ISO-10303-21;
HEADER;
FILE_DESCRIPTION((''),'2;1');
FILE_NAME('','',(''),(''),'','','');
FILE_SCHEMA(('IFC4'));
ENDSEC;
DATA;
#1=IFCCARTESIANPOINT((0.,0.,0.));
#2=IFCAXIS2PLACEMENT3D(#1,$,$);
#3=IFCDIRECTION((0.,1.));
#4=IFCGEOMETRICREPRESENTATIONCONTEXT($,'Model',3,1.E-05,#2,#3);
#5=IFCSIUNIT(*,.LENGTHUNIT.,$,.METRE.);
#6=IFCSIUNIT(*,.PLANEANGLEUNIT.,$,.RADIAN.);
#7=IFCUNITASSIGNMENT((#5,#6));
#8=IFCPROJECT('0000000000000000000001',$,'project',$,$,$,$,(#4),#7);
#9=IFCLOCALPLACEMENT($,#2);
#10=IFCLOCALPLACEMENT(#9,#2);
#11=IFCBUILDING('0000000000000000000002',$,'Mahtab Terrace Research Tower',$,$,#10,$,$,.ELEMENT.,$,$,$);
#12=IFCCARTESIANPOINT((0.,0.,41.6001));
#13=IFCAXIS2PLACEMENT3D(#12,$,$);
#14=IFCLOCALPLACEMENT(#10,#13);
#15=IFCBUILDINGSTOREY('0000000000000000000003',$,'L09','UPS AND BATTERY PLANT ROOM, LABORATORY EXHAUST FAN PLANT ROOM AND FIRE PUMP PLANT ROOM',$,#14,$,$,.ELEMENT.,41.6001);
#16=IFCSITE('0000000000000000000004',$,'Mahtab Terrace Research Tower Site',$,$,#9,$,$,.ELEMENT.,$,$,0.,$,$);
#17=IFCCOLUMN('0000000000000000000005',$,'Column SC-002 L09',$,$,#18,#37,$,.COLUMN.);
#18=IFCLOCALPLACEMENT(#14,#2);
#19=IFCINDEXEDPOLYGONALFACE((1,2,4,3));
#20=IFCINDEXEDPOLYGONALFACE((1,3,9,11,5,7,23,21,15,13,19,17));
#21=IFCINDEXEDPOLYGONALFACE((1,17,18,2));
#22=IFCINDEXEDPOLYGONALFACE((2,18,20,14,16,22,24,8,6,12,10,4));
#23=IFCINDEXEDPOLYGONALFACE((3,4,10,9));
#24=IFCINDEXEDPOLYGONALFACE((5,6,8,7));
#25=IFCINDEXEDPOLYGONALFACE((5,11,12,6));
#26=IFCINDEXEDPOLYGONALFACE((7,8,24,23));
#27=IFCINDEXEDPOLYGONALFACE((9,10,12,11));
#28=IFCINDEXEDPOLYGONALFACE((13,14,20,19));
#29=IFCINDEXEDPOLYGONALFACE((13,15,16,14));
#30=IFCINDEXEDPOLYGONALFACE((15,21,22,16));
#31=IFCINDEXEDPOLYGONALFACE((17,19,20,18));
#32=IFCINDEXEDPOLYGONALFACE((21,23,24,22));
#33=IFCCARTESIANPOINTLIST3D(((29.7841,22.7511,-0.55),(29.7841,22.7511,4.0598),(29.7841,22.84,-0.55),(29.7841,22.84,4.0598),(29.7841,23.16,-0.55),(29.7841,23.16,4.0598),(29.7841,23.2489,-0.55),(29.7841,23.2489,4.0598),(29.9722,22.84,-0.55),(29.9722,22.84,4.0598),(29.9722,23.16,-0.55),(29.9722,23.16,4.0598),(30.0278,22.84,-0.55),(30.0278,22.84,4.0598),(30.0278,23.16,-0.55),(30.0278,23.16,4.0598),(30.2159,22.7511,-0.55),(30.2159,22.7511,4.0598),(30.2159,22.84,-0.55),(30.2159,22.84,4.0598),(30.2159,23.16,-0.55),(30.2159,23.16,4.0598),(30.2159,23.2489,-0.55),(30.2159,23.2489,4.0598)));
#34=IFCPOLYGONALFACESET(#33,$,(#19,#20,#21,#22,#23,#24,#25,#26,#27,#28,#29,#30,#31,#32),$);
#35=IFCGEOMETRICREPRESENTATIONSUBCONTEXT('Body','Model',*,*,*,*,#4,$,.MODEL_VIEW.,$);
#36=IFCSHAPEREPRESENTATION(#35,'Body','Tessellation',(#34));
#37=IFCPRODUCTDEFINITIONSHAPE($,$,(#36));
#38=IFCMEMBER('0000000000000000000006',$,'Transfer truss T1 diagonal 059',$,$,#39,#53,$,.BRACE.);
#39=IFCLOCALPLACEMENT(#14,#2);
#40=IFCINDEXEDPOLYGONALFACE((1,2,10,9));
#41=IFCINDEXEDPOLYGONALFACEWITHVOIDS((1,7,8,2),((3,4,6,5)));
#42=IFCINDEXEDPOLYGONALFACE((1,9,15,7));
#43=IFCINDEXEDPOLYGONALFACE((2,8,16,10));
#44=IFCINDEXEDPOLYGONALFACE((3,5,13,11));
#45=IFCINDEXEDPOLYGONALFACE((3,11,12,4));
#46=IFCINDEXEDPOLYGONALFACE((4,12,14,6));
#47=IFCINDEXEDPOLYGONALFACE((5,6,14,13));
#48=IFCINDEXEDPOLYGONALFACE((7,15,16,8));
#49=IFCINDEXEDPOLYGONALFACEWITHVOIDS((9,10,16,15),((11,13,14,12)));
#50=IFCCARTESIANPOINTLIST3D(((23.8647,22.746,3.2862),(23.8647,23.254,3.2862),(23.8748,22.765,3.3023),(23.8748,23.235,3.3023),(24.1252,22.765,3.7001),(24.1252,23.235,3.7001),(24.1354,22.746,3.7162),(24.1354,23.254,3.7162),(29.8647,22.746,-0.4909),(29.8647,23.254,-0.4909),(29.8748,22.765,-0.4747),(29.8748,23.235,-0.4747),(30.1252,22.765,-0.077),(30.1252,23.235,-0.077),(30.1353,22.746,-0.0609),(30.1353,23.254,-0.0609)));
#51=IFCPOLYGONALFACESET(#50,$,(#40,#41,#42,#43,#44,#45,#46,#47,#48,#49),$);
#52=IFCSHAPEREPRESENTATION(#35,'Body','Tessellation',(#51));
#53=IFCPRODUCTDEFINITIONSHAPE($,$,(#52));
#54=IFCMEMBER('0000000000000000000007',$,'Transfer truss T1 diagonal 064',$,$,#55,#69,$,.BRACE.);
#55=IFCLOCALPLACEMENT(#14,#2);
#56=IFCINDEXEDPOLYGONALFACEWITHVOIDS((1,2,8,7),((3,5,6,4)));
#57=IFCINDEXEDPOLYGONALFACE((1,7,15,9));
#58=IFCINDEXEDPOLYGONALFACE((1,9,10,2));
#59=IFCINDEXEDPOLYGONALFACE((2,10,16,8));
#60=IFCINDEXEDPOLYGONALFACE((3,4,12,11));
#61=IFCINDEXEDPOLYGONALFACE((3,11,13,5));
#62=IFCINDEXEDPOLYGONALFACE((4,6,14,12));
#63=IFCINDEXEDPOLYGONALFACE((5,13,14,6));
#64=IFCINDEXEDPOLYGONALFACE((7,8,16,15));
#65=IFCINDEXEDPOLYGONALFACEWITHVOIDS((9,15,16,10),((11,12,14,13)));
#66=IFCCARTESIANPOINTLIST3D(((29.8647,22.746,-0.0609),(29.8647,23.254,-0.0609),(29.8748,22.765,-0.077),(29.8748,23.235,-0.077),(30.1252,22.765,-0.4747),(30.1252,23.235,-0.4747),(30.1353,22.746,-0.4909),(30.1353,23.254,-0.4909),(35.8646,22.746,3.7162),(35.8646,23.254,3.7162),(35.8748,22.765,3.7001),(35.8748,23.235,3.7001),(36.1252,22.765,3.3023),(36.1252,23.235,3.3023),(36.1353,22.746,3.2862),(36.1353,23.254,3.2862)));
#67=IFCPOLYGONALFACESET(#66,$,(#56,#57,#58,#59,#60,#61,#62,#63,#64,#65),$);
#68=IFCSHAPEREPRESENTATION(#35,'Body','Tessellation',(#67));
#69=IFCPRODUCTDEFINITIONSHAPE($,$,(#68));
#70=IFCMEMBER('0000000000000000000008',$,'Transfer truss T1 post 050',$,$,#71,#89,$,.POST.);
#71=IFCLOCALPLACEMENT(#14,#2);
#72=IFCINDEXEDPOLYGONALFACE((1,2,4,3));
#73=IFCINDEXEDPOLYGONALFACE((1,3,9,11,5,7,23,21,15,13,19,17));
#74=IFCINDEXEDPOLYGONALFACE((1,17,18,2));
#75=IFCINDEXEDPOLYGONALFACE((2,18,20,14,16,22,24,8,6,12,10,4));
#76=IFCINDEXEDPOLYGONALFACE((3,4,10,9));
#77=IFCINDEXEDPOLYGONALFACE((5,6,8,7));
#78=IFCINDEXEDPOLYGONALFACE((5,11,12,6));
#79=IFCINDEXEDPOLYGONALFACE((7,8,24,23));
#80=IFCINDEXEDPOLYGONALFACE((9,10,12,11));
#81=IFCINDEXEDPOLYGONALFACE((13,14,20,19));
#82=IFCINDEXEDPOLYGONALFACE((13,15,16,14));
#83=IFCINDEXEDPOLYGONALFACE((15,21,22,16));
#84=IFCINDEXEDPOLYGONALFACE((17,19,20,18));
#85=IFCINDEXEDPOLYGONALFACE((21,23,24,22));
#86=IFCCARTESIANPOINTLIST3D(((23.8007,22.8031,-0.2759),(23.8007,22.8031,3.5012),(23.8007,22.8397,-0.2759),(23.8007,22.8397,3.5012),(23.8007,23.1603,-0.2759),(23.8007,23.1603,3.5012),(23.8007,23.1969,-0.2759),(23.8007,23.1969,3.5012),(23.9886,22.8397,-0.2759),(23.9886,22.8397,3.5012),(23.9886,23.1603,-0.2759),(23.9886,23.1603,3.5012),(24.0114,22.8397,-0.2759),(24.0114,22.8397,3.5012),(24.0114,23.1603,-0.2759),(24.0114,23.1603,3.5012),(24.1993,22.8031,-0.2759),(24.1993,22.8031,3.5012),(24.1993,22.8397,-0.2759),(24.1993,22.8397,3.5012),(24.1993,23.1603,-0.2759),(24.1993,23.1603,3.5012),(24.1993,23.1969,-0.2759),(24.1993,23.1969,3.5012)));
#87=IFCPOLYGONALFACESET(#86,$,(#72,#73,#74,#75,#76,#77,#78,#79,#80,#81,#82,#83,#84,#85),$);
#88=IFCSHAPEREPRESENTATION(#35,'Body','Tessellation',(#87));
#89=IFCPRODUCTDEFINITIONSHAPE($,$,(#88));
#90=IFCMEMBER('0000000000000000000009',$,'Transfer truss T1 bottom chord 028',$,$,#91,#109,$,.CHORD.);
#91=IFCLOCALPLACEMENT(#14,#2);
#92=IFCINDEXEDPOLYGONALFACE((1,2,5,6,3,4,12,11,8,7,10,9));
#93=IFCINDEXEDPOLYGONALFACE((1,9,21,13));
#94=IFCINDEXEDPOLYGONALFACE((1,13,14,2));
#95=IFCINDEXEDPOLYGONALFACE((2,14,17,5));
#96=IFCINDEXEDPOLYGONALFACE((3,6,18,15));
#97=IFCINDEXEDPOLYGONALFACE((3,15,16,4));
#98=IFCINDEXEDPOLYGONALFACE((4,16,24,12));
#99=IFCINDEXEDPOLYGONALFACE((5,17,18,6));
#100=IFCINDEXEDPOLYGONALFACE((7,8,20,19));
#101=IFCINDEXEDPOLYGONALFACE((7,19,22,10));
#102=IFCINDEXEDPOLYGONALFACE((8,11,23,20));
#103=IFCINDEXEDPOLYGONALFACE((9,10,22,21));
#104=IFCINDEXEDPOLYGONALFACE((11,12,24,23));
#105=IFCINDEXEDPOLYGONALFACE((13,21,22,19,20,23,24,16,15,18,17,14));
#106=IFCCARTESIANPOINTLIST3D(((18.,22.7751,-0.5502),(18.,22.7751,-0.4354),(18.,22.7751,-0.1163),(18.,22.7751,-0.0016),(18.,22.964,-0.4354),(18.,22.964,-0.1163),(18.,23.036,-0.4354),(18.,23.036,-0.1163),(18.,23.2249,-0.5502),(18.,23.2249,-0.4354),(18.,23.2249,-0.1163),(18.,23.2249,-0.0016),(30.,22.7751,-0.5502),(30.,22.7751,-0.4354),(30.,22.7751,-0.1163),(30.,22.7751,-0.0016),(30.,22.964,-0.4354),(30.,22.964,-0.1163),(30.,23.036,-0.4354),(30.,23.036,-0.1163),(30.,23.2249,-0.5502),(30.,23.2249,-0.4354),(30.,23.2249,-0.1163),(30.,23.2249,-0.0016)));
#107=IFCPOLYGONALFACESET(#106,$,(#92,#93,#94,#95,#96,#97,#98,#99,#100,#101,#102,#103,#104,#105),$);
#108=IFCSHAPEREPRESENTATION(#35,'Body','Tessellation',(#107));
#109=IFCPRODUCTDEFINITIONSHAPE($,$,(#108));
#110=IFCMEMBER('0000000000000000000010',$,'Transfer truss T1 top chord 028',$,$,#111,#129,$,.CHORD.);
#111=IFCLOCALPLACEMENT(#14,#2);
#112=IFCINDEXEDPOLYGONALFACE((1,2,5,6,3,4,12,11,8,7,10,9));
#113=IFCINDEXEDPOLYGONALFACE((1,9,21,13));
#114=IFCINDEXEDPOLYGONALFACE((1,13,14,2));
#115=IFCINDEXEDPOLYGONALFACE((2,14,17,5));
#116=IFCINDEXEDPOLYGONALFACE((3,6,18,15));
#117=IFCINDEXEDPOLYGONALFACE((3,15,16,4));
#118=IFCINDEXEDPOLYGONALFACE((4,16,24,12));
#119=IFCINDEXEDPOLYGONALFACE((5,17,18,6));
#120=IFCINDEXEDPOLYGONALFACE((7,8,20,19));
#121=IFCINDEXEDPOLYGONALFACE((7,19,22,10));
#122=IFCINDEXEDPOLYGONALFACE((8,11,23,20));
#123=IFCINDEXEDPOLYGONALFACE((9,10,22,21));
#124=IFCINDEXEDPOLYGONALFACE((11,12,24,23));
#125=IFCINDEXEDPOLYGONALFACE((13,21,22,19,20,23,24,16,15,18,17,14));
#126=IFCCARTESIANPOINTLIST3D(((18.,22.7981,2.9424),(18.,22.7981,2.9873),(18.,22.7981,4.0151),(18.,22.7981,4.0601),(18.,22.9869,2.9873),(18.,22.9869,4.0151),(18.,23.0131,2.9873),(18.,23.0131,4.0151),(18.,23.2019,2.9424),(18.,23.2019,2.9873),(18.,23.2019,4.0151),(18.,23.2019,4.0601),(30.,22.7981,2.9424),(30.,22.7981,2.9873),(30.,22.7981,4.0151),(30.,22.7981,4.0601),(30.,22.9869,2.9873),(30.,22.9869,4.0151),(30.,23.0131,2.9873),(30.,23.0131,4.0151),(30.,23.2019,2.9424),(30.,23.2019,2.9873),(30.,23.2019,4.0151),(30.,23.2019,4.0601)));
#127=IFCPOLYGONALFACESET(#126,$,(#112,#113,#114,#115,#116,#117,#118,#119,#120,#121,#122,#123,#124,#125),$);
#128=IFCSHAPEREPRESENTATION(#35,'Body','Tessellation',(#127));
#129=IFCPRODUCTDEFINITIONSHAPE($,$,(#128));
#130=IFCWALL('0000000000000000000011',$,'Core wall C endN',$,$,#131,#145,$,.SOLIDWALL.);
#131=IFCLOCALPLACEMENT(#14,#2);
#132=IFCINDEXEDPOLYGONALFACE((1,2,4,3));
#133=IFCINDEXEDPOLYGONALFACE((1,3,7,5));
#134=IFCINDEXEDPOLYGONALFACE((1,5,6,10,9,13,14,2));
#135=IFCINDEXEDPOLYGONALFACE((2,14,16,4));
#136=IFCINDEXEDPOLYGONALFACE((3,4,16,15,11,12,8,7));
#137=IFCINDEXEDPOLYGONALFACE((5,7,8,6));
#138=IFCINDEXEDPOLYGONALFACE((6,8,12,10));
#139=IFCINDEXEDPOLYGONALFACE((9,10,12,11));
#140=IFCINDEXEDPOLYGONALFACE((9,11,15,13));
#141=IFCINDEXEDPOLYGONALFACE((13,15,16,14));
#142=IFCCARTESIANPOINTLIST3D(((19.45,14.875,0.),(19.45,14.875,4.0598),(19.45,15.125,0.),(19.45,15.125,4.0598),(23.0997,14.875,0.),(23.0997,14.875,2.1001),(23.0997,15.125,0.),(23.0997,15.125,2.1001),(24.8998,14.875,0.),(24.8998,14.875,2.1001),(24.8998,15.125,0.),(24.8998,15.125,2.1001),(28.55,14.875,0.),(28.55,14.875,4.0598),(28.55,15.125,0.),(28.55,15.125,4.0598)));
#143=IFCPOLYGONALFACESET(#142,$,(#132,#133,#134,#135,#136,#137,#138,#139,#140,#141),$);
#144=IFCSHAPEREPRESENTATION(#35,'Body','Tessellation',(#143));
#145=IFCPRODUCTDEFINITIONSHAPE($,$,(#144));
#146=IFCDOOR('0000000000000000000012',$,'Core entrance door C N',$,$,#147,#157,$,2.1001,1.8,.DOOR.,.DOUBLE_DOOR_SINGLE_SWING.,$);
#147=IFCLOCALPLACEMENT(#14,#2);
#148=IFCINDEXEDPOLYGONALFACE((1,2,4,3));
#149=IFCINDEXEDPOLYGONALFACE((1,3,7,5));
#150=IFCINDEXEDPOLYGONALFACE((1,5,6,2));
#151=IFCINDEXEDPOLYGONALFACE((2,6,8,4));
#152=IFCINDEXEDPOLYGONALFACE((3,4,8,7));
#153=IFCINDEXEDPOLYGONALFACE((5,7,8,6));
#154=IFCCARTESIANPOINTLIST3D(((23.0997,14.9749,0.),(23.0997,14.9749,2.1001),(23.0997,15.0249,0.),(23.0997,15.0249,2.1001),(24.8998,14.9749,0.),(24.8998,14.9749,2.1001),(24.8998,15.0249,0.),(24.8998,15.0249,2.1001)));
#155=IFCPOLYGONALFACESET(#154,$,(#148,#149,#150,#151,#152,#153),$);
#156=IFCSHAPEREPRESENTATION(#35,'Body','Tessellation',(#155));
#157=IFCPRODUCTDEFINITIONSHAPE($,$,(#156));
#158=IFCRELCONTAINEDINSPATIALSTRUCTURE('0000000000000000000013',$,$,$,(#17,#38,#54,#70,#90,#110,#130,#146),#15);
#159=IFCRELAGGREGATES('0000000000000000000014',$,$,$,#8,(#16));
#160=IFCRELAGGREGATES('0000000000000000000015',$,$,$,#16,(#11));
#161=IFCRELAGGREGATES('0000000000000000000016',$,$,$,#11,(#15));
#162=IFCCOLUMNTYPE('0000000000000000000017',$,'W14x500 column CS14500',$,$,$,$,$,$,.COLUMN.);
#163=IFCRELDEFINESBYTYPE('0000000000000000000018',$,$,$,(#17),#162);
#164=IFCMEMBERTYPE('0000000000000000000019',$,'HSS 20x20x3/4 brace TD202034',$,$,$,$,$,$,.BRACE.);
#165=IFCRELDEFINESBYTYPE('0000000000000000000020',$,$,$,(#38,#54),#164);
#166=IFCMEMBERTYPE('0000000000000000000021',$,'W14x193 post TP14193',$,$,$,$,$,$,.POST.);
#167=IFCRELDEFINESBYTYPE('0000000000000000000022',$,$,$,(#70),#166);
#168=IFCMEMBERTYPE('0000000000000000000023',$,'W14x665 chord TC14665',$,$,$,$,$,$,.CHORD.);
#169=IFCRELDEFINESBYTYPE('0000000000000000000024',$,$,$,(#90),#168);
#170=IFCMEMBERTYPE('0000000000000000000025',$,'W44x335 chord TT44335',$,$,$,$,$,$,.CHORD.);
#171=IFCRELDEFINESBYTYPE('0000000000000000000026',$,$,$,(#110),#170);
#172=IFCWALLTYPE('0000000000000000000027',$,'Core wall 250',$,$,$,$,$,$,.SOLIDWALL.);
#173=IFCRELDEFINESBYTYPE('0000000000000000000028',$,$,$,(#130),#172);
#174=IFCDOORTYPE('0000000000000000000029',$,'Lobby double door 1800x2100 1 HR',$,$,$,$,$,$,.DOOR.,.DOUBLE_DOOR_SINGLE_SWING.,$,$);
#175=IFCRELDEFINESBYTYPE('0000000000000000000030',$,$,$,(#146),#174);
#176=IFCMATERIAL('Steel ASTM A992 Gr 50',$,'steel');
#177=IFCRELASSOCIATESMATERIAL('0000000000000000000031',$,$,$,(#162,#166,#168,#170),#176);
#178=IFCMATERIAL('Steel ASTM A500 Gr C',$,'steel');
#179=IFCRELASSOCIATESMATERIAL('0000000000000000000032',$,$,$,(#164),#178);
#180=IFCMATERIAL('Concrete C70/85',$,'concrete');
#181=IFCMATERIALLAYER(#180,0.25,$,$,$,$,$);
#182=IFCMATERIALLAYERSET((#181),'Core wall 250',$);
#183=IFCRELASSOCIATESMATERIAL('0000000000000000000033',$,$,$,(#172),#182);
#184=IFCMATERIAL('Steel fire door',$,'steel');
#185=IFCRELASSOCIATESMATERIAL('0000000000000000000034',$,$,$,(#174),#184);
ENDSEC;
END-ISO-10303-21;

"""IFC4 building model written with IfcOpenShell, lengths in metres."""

from ifc_helpers import new_model, si_unit, direction, frame, frame_2d, origin, origin_2d, place, context, subcontext, project, spatial, rectangle, hollow_rectangle, i_section, extrude, material, layer, layer_set, material_profile, profile_set, type_object, element, fill, save


model = new_model("IFC4")

# Units and contexts
model_context = context("Model", 3, precision=1e-05, world=origin(), true_north=direction((0.0, 1.0)))
body_context = subcontext(model_context, "Body", "Model", "MODEL_VIEW")
ifc_project = project(units=[si_unit("LENGTHUNIT", "METRE"), si_unit("PLANEANGLEUNIT", "RADIAN")], contexts=[model_context])

# Site, building, storey
site_placement = place(None, origin())
site = spatial("IfcSite", under=ifc_project, at=site_placement, Name="Mahtab Terrace Research Tower Site", CompositionType="ELEMENT", RefElevation=0.0)
building_placement = place(site_placement, origin())
building = spatial("IfcBuilding", under=site, at=building_placement, Name="Mahtab Terrace Research Tower", CompositionType="ELEMENT")
storey_placement = place(building_placement, frame((0.0, 0.0, 41.6001)))
storey = spatial("IfcBuildingStorey", under=building, at=storey_placement, Name="L09", Description="UPS AND BATTERY PLANT ROOM, LABORATORY EXHAUST FAN PLANT ROOM AND FIRE PUMP PLANT ROOM", CompositionType="ELEMENT", Elevation=41.6001)

# Column
ifc_material_1 = material(Name="Steel ASTM A992 Gr 50", Category="steel")
ifc_material_profile_1 = material_profile(ifc_material_1, i_section(OverallWidth=0.4319, OverallDepth=0.4978, WebThickness=0.0557, FlangeThickness=0.0889, at=origin_2d()), Name="W14X500")
ifc_profile_set_1 = profile_set([ifc_material_profile_1], Name="Steel ASTM A992 Gr 50")
column_type = type_object("IfcColumnType", Name="W14x500 column CS14500", PredefinedType="COLUMN", material=ifc_profile_set_1)
column_placement = place(storey_placement, frame((30.0, 23.0, -0.55), z_axis=(0.0, 0.0, 1.0), x_axis=(1.0, 0.0, 0.0)))
element("IfcColumn", 1, at=column_placement, inside=storey, type_object=column_type, Name="Column SC-002 L09", PredefinedType="COLUMN", context=body_context, shape_type="SweptSolid", body=[
    extrude(i_section(OverallWidth=0.4319, OverallDepth=0.4978, WebThickness=0.0557, FlangeThickness=0.0889, at=origin_2d()), origin(), (0.0, 0.0, 1.0), 4.6099),
])

# Members
ifc_material_2 = material(Name="Steel ASTM A500 Gr C", Category="steel")
ifc_material_profile_2 = material_profile(ifc_material_2, hollow_rectangle(XDim=0.5081, YDim=0.5081, WallThickness=0.019, at=origin_2d()), Name="HSS20X20X3/4")
ifc_profile_set_2 = profile_set([ifc_material_profile_2], Name="Steel ASTM A500 Gr C")
member_type_1 = type_object("IfcMemberType", Name="HSS 20x20x3/4 brace TD202034", PredefinedType="BRACE", material=ifc_profile_set_2)
for number, where, z_axis, x_axis, name in (
    (2, (30.0, 23.0, -0.2759), (-0.846276, 0.0, 0.532745), (0.0, -1.0, 0.0), "Transfer truss T1 diagonal 059"),
    (3, (30.0, 23.0, -0.2759), (0.846276, 0.0, 0.532745), (0.0, 1.0, 0.0), "Transfer truss T1 diagonal 064"),
):
    element("IfcMember", number, at=place(storey_placement, frame(where, z_axis=z_axis, x_axis=x_axis)), inside=storey, type_object=member_type_1, Name=name, PredefinedType="BRACE", context=body_context, shape_type="SweptSolid", body=[
        extrude(hollow_rectangle(XDim=0.5081, YDim=0.5081, WallThickness=0.019, at=origin_2d()), origin(), (0.0, 0.0, 1.0), 7.0898),
    ])
ifc_material_profile_3 = material_profile(ifc_material_1, i_section(OverallWidth=0.3987, OverallDepth=0.3938, WebThickness=0.0227, FlangeThickness=0.0366, at=origin_2d()), Name="W14X193")
ifc_profile_set_3 = profile_set([ifc_material_profile_3], Name="Steel ASTM A992 Gr 50")
member_type_2 = type_object("IfcMemberType", Name="W14x193 post TP14193", PredefinedType="POST", material=ifc_profile_set_3)
member_1_placement = place(storey_placement, frame((24.0, 23.0, -0.2759), z_axis=(0.0, 0.0, 1.0), x_axis=(1.0, 0.0, 0.0)))
element("IfcMember", 4, at=member_1_placement, inside=storey, type_object=member_type_2, Name="Transfer truss T1 post 050", PredefinedType="POST", context=body_context, shape_type="SweptSolid", body=[
    extrude(i_section(OverallWidth=0.3987, OverallDepth=0.3938, WebThickness=0.0227, FlangeThickness=0.0366, at=origin_2d()), origin(), (0.0, 0.0, 1.0), 3.7771),
])
ifc_material_profile_4 = material_profile(ifc_material_1, i_section(OverallWidth=0.4497, OverallDepth=0.5486, WebThickness=0.072, FlangeThickness=0.1147, at=origin_2d()), Name="W14X665")
ifc_profile_set_4 = profile_set([ifc_material_profile_4], Name="Steel ASTM A992 Gr 50")
member_type_3 = type_object("IfcMemberType", Name="W14x665 chord TC14665", PredefinedType="CHORD", material=ifc_profile_set_4)
member_2_placement = place(storey_placement, frame((30.0, 23.0, -0.2759), z_axis=(-1.0, 0.0, 0.0), x_axis=(0.0, -1.0, 0.0)))
element("IfcMember", 5, at=member_2_placement, inside=storey, type_object=member_type_3, Name="Transfer truss T1 bottom chord 028", PredefinedType="CHORD", context=body_context, shape_type="SweptSolid", body=[
    extrude(i_section(OverallWidth=0.4497, OverallDepth=0.5486, WebThickness=0.072, FlangeThickness=0.1147, at=origin_2d()), origin(), (0.0, 0.0, 1.0), 12.0),
])
ifc_material_profile_5 = material_profile(ifc_material_1, i_section(OverallWidth=0.4038, OverallDepth=1.1177, WebThickness=0.0261, FlangeThickness=0.0449, at=origin_2d()), Name="W44X335")
ifc_profile_set_5 = profile_set([ifc_material_profile_5], Name="Steel ASTM A992 Gr 50")
member_type_4 = type_object("IfcMemberType", Name="W44x335 chord TT44335", PredefinedType="CHORD", material=ifc_profile_set_5)
member_3_placement = place(storey_placement, frame((30.0, 23.0, 3.5012), z_axis=(-1.0, 0.0, 0.0), x_axis=(0.0, -1.0, 0.0)))
element("IfcMember", 6, at=member_3_placement, inside=storey, type_object=member_type_4, Name="Transfer truss T1 top chord 028", PredefinedType="CHORD", context=body_context, shape_type="SweptSolid", body=[
    extrude(i_section(OverallWidth=0.4038, OverallDepth=1.1177, WebThickness=0.0261, FlangeThickness=0.0449, at=origin_2d()), origin(), (0.0, 0.0, 1.0), 12.0),
])

# Wall, opening, door
ifc_material_3 = material(Name="Concrete C70/85", Category="concrete")
ifc_layer_1 = layer(ifc_material_3, 0.25)
ifc_layer_set_1 = layer_set([ifc_layer_1], Name="Core wall 250")
wall_type_1 = type_object("IfcWallType", Name="Core wall 250", PredefinedType="SOLIDWALL", material=ifc_layer_set_1)
wall_1_placement = place(storey_placement, frame((19.45, 15.0, 0.0), z_axis=(0.0, 0.0, 1.0), x_axis=(1.0, 0.0, 0.0)))
wall_1 = element("IfcWall", 7, at=wall_1_placement, inside=storey, type_object=wall_type_1, Name="Core wall C endN", PredefinedType="SOLIDWALL", context=body_context, shape_type="SweptSolid", body=[
    extrude(rectangle(XDim=9.1001, YDim=0.25, at=frame_2d((4.55, 0.0))), origin(), (0.0, 0.0, 1.0), 4.0598),
])
opening_1_placement = place(wall_1_placement, frame((3.6499, 0.0, 0.0)))
opening_1 = element("IfcOpeningElement", 8, at=opening_1_placement, cuts=wall_1, PredefinedType="OPENING", context=body_context, shape_type="SweptSolid", body=[
    extrude(rectangle(XDim=1.8, YDim=2.1001, at=frame_2d((0.8999, 1.05))), frame((0.0, 0.135, 0.0), z_axis=(0.0, -1.0, 0.0), x_axis=(1.0, 0.0, 0.0)), (0.0, 0.0, 1.0), 0.27),
])
ifc_material_4 = material(Name="Steel fire door", Category="steel")
door_type_1 = type_object("IfcDoorType", Name="Lobby double door 1800x2100 1 HR", OperationType="DOUBLE_DOOR_SINGLE_SWING", PredefinedType="DOOR", material=ifc_material_4)
door_1_placement = place(opening_1_placement, origin())
door_1 = element("IfcDoor", 9, at=door_1_placement, inside=storey, type_object=door_type_1, Name="Core entrance door C N", OperationType="DOUBLE_DOOR_SINGLE_SWING", OverallHeight=2.1001, OverallWidth=1.8, PredefinedType="DOOR", context=body_context, shape_type="SweptSolid", body=[
    extrude(rectangle(XDim=1.8, YDim=2.1001, at=frame_2d((0.8999, 1.05))), frame((0.0, 0.0249, 0.0), z_axis=(0.0, -1.0, 0.0), x_axis=(1.0, 0.0, 0.0)), (0.0, 0.0, 1.0), 0.05),
])
fill(opening_1, door_1)

save(model, "model.ifc")
